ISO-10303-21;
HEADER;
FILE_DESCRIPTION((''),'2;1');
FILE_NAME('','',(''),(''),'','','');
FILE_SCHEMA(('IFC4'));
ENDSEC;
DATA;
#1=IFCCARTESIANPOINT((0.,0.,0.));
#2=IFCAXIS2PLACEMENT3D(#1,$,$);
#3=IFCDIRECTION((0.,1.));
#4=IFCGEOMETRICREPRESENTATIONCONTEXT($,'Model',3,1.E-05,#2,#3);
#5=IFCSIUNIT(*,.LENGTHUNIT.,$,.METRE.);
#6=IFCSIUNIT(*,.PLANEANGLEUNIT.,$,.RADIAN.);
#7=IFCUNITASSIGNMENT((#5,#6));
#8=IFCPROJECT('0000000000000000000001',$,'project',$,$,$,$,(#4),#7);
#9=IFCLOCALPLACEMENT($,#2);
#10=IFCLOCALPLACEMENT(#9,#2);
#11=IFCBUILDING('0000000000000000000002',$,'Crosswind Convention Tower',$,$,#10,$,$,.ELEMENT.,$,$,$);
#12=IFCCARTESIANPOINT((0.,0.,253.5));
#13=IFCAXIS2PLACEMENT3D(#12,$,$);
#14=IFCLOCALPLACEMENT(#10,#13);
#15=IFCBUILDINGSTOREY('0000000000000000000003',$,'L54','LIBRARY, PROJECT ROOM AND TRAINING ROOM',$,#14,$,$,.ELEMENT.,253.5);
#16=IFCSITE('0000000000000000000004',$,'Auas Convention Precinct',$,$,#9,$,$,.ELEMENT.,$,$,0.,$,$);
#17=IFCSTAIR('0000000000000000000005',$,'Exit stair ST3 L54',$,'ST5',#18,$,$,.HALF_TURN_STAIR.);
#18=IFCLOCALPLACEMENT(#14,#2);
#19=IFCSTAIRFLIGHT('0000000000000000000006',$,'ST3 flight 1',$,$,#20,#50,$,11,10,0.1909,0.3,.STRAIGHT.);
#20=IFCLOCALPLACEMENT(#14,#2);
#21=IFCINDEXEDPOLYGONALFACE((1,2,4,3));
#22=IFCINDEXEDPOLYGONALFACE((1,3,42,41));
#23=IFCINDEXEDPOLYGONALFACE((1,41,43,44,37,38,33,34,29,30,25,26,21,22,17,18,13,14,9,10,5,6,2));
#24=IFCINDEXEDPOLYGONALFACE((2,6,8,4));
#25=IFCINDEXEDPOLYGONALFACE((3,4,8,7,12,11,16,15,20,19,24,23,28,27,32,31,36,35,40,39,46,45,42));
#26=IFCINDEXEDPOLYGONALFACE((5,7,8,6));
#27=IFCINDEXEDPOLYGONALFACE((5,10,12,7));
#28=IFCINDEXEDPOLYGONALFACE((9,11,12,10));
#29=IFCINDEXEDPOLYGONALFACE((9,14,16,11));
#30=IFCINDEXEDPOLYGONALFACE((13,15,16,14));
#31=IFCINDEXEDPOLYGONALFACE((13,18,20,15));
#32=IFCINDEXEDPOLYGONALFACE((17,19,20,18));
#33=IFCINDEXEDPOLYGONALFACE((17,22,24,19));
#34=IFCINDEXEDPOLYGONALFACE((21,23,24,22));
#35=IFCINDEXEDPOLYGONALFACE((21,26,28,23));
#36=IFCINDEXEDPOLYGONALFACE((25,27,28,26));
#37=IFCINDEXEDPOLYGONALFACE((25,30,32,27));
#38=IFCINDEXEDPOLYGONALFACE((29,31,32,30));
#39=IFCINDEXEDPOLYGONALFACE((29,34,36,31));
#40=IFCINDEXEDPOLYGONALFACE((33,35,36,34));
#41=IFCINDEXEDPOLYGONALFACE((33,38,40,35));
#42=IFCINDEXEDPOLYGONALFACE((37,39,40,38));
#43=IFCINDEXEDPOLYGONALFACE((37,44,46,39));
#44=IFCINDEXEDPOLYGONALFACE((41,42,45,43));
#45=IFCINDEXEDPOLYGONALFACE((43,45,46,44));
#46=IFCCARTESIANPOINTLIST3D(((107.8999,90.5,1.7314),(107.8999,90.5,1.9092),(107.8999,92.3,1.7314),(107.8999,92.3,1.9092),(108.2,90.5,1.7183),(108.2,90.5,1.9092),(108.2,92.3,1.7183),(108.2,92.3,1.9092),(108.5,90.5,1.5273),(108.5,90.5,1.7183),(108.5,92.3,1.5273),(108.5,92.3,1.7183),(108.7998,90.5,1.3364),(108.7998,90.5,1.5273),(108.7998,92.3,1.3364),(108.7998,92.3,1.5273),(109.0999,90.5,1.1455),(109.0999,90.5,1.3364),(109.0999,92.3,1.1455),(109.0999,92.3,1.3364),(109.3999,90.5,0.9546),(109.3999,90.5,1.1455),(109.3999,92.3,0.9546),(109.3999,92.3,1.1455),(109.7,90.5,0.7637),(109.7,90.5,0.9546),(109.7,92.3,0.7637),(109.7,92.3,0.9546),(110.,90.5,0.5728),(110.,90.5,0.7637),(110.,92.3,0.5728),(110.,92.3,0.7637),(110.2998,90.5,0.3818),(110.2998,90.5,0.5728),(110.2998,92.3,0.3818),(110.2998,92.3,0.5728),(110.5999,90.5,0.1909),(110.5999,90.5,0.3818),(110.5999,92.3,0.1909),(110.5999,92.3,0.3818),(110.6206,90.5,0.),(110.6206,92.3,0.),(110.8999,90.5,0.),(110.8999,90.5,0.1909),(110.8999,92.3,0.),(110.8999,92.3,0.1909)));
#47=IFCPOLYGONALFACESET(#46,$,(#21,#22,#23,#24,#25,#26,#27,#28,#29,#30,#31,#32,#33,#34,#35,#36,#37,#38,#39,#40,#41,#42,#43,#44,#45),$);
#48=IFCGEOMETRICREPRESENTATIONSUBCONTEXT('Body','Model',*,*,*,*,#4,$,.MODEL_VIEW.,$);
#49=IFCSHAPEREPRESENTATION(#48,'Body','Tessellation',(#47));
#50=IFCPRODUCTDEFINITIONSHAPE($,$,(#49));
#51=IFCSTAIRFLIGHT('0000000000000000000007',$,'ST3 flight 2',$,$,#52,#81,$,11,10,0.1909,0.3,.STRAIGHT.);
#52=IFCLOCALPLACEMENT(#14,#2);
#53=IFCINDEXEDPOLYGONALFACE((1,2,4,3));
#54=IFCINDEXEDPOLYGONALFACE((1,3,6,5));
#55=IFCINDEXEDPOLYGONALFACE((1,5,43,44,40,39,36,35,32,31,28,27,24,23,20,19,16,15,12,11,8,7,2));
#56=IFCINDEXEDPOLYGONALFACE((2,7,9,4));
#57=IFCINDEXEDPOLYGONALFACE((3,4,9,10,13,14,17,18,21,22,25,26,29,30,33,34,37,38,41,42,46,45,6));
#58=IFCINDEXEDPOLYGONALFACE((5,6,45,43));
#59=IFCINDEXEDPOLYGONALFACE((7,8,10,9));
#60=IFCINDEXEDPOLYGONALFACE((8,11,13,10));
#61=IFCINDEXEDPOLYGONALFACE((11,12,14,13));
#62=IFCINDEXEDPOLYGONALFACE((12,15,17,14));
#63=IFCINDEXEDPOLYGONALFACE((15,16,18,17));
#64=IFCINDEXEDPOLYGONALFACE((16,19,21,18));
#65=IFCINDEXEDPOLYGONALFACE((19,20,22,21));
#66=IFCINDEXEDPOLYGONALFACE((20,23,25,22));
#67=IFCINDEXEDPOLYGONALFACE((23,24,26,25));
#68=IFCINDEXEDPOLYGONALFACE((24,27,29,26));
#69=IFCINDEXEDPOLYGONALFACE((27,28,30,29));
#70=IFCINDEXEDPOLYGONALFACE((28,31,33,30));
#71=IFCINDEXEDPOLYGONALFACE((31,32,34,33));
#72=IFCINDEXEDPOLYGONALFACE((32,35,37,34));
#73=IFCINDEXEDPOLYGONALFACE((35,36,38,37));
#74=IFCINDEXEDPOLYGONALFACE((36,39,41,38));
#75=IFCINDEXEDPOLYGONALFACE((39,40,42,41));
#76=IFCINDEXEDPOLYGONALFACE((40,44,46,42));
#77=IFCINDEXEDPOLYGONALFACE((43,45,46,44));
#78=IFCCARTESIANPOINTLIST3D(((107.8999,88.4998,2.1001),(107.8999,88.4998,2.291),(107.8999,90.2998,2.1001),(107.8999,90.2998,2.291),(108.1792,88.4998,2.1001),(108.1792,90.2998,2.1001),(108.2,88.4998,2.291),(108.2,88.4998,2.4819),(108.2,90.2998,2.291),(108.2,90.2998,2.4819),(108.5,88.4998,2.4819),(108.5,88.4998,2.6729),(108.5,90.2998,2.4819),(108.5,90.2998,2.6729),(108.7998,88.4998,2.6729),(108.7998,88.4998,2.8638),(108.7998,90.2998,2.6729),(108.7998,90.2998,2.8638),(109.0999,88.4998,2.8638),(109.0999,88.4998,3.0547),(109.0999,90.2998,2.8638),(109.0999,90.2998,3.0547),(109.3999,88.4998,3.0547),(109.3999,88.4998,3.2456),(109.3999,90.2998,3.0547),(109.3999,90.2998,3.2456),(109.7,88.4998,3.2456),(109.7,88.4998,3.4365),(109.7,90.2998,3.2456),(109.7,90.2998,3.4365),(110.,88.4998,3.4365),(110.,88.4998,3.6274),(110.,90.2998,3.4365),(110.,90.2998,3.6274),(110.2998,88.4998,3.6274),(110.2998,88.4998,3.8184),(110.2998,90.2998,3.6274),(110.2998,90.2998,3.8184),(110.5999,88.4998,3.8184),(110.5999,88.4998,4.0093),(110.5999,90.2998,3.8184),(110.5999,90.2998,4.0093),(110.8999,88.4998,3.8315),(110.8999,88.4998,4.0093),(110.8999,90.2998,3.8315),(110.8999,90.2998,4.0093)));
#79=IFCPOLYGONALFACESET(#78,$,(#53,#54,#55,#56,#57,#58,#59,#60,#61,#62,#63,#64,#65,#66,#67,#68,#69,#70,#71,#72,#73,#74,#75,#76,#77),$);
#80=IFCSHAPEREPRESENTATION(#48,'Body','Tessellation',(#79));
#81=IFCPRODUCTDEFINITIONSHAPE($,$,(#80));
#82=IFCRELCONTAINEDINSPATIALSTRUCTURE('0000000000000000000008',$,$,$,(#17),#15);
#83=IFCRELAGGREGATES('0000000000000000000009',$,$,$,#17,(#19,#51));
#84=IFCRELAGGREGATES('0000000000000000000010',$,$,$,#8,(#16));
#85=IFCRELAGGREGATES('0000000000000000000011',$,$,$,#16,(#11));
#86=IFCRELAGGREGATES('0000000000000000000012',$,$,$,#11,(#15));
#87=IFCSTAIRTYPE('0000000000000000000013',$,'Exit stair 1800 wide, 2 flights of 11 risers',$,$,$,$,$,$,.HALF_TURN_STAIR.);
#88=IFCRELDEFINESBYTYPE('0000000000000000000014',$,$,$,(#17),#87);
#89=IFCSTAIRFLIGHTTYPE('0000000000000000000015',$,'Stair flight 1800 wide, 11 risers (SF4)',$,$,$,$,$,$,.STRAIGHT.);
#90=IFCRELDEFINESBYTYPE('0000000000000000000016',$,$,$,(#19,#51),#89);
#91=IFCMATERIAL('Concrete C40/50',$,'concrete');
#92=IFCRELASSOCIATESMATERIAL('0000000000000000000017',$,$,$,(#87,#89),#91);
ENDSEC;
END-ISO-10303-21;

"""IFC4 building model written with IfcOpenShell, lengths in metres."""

from ifc_helpers import new_model, si_unit, direction, frame, origin, place, context, subcontext, project, spatial, polyline, outline, extrude, material, type_object, element, aggregate, save


model = new_model("IFC4")

# Units and contexts
model_context = context("Model", 3, precision=1e-05, world=origin(), true_north=direction((0.0, 1.0)))
body_context = subcontext(model_context, "Body", "Model", "MODEL_VIEW")
ifc_project = project(units=[si_unit("LENGTHUNIT", "METRE"), si_unit("PLANEANGLEUNIT", "RADIAN")], contexts=[model_context])

# Site, building, storey
site_placement = place(None, origin())
site = spatial("IfcSite", under=ifc_project, at=site_placement, Name="Auas Convention Precinct", CompositionType="ELEMENT", RefElevation=0.0)
building_placement = place(site_placement, origin())
building = spatial("IfcBuilding", under=site, at=building_placement, Name="Crosswind Convention Tower", CompositionType="ELEMENT")
storey_placement = place(building_placement, frame((0.0, 0.0, 253.5)))
storey = spatial("IfcBuildingStorey", under=building, at=storey_placement, Name="L54", Description="LIBRARY, PROJECT ROOM AND TRAINING ROOM", CompositionType="ELEMENT", Elevation=253.5)

# Shared definitions
ifc_material_1 = material(Name="Concrete C40/50", Category="concrete")

# Stair
stair_type = type_object("IfcStairType", Name="Exit stair 1800 wide, 2 flights of 11 risers", PredefinedType="HALF_TURN_STAIR", material=ifc_material_1)
stair_1_placement = place(storey_placement, origin())
stair_1 = element("IfcStair", 1, at=stair_1_placement, inside=storey, type_object=stair_type, Name="Exit stair ST3 L54", ObjectType="ST5", PredefinedType="HALF_TURN_STAIR")

# Stair flights
stair_flight_type = type_object("IfcStairFlightType", Name="Stair flight 1800 wide, 11 risers (SF4)", PredefinedType="STRAIGHT", material=ifc_material_1)
stair_flight_1_placement = place(storey_placement, frame((110.8999, 91.3999, 0.0), z_axis=(0.0, 0.0, 1.0), x_axis=(-1.0, 0.0, 0.0)))
stair_flight_1 = element("IfcStairFlight", 2, at=stair_flight_1_placement, type_object=stair_flight_type, Name="ST3 flight 1", NumberOfRisers=11, NumberOfTreads=10, PredefinedType="STRAIGHT", RiserHeight=0.1909, TreadLength=0.3, context=body_context, shape_type="SweptSolid", body=[
    extrude(outline(polyline([(0.0, 0.0), (0.0, 0.1909), (0.3, 0.1909), (0.3, 0.3818), (0.6001, 0.3818), (0.6001, 0.5728), (0.8999, 0.5728), (0.8999, 0.7637), (1.2, 0.7637), (1.2, 0.9546), (1.5, 0.9546), (1.5, 1.1455), (1.8, 1.1455), (1.8, 1.3364), (2.1001, 1.3364), (2.1001, 1.5273), (2.3999, 1.5273), (2.3999, 1.7183), (2.7, 1.7183), (2.7, 1.9092), (3.0, 1.9092), (3.0, 2.1001), (3.0, 1.7314), (0.2793, 0.0), (0.0, 0.0)])), frame((0.0, 0.8999, 0.0), z_axis=(0.0, -1.0, 0.0), x_axis=(1.0, 0.0, 0.0)), (0.0, 0.0, 1.0), 1.8),
])
stair_flight_2_placement = place(storey_placement, frame((107.8999, 89.3999, 2.1001), z_axis=(0.0, 0.0, 1.0), x_axis=(1.0, 0.0, 0.0)))
stair_flight_2 = element("IfcStairFlight", 3, at=stair_flight_2_placement, type_object=stair_flight_type, Name="ST3 flight 2", NumberOfRisers=11, NumberOfTreads=10, PredefinedType="STRAIGHT", RiserHeight=0.1909, TreadLength=0.3, context=body_context, shape_type="SweptSolid", body=[
    extrude(outline(polyline([(0.0, 0.0), (0.0, 0.1909), (0.3, 0.1909), (0.3, 0.3818), (0.6001, 0.3818), (0.6001, 0.5728), (0.8999, 0.5728), (0.8999, 0.7637), (1.2, 0.7637), (1.2, 0.9546), (1.5, 0.9546), (1.5, 1.1455), (1.8, 1.1455), (1.8, 1.3364), (2.1001, 1.3364), (2.1001, 1.5273), (2.3999, 1.5273), (2.3999, 1.7183), (2.7, 1.7183), (2.7, 1.9092), (3.0, 1.9092), (3.0, 2.1001), (3.0, 1.7314), (0.2793, 0.0), (0.0, 0.0)])), frame((0.0, 0.8999, 0.0), z_axis=(0.0, -1.0, 0.0), x_axis=(1.0, 0.0, 0.0)), (0.0, 0.0, 1.0), 1.8),
])
aggregate(stair_1, [stair_flight_1, stair_flight_2])

save(model, "model.ifc")
